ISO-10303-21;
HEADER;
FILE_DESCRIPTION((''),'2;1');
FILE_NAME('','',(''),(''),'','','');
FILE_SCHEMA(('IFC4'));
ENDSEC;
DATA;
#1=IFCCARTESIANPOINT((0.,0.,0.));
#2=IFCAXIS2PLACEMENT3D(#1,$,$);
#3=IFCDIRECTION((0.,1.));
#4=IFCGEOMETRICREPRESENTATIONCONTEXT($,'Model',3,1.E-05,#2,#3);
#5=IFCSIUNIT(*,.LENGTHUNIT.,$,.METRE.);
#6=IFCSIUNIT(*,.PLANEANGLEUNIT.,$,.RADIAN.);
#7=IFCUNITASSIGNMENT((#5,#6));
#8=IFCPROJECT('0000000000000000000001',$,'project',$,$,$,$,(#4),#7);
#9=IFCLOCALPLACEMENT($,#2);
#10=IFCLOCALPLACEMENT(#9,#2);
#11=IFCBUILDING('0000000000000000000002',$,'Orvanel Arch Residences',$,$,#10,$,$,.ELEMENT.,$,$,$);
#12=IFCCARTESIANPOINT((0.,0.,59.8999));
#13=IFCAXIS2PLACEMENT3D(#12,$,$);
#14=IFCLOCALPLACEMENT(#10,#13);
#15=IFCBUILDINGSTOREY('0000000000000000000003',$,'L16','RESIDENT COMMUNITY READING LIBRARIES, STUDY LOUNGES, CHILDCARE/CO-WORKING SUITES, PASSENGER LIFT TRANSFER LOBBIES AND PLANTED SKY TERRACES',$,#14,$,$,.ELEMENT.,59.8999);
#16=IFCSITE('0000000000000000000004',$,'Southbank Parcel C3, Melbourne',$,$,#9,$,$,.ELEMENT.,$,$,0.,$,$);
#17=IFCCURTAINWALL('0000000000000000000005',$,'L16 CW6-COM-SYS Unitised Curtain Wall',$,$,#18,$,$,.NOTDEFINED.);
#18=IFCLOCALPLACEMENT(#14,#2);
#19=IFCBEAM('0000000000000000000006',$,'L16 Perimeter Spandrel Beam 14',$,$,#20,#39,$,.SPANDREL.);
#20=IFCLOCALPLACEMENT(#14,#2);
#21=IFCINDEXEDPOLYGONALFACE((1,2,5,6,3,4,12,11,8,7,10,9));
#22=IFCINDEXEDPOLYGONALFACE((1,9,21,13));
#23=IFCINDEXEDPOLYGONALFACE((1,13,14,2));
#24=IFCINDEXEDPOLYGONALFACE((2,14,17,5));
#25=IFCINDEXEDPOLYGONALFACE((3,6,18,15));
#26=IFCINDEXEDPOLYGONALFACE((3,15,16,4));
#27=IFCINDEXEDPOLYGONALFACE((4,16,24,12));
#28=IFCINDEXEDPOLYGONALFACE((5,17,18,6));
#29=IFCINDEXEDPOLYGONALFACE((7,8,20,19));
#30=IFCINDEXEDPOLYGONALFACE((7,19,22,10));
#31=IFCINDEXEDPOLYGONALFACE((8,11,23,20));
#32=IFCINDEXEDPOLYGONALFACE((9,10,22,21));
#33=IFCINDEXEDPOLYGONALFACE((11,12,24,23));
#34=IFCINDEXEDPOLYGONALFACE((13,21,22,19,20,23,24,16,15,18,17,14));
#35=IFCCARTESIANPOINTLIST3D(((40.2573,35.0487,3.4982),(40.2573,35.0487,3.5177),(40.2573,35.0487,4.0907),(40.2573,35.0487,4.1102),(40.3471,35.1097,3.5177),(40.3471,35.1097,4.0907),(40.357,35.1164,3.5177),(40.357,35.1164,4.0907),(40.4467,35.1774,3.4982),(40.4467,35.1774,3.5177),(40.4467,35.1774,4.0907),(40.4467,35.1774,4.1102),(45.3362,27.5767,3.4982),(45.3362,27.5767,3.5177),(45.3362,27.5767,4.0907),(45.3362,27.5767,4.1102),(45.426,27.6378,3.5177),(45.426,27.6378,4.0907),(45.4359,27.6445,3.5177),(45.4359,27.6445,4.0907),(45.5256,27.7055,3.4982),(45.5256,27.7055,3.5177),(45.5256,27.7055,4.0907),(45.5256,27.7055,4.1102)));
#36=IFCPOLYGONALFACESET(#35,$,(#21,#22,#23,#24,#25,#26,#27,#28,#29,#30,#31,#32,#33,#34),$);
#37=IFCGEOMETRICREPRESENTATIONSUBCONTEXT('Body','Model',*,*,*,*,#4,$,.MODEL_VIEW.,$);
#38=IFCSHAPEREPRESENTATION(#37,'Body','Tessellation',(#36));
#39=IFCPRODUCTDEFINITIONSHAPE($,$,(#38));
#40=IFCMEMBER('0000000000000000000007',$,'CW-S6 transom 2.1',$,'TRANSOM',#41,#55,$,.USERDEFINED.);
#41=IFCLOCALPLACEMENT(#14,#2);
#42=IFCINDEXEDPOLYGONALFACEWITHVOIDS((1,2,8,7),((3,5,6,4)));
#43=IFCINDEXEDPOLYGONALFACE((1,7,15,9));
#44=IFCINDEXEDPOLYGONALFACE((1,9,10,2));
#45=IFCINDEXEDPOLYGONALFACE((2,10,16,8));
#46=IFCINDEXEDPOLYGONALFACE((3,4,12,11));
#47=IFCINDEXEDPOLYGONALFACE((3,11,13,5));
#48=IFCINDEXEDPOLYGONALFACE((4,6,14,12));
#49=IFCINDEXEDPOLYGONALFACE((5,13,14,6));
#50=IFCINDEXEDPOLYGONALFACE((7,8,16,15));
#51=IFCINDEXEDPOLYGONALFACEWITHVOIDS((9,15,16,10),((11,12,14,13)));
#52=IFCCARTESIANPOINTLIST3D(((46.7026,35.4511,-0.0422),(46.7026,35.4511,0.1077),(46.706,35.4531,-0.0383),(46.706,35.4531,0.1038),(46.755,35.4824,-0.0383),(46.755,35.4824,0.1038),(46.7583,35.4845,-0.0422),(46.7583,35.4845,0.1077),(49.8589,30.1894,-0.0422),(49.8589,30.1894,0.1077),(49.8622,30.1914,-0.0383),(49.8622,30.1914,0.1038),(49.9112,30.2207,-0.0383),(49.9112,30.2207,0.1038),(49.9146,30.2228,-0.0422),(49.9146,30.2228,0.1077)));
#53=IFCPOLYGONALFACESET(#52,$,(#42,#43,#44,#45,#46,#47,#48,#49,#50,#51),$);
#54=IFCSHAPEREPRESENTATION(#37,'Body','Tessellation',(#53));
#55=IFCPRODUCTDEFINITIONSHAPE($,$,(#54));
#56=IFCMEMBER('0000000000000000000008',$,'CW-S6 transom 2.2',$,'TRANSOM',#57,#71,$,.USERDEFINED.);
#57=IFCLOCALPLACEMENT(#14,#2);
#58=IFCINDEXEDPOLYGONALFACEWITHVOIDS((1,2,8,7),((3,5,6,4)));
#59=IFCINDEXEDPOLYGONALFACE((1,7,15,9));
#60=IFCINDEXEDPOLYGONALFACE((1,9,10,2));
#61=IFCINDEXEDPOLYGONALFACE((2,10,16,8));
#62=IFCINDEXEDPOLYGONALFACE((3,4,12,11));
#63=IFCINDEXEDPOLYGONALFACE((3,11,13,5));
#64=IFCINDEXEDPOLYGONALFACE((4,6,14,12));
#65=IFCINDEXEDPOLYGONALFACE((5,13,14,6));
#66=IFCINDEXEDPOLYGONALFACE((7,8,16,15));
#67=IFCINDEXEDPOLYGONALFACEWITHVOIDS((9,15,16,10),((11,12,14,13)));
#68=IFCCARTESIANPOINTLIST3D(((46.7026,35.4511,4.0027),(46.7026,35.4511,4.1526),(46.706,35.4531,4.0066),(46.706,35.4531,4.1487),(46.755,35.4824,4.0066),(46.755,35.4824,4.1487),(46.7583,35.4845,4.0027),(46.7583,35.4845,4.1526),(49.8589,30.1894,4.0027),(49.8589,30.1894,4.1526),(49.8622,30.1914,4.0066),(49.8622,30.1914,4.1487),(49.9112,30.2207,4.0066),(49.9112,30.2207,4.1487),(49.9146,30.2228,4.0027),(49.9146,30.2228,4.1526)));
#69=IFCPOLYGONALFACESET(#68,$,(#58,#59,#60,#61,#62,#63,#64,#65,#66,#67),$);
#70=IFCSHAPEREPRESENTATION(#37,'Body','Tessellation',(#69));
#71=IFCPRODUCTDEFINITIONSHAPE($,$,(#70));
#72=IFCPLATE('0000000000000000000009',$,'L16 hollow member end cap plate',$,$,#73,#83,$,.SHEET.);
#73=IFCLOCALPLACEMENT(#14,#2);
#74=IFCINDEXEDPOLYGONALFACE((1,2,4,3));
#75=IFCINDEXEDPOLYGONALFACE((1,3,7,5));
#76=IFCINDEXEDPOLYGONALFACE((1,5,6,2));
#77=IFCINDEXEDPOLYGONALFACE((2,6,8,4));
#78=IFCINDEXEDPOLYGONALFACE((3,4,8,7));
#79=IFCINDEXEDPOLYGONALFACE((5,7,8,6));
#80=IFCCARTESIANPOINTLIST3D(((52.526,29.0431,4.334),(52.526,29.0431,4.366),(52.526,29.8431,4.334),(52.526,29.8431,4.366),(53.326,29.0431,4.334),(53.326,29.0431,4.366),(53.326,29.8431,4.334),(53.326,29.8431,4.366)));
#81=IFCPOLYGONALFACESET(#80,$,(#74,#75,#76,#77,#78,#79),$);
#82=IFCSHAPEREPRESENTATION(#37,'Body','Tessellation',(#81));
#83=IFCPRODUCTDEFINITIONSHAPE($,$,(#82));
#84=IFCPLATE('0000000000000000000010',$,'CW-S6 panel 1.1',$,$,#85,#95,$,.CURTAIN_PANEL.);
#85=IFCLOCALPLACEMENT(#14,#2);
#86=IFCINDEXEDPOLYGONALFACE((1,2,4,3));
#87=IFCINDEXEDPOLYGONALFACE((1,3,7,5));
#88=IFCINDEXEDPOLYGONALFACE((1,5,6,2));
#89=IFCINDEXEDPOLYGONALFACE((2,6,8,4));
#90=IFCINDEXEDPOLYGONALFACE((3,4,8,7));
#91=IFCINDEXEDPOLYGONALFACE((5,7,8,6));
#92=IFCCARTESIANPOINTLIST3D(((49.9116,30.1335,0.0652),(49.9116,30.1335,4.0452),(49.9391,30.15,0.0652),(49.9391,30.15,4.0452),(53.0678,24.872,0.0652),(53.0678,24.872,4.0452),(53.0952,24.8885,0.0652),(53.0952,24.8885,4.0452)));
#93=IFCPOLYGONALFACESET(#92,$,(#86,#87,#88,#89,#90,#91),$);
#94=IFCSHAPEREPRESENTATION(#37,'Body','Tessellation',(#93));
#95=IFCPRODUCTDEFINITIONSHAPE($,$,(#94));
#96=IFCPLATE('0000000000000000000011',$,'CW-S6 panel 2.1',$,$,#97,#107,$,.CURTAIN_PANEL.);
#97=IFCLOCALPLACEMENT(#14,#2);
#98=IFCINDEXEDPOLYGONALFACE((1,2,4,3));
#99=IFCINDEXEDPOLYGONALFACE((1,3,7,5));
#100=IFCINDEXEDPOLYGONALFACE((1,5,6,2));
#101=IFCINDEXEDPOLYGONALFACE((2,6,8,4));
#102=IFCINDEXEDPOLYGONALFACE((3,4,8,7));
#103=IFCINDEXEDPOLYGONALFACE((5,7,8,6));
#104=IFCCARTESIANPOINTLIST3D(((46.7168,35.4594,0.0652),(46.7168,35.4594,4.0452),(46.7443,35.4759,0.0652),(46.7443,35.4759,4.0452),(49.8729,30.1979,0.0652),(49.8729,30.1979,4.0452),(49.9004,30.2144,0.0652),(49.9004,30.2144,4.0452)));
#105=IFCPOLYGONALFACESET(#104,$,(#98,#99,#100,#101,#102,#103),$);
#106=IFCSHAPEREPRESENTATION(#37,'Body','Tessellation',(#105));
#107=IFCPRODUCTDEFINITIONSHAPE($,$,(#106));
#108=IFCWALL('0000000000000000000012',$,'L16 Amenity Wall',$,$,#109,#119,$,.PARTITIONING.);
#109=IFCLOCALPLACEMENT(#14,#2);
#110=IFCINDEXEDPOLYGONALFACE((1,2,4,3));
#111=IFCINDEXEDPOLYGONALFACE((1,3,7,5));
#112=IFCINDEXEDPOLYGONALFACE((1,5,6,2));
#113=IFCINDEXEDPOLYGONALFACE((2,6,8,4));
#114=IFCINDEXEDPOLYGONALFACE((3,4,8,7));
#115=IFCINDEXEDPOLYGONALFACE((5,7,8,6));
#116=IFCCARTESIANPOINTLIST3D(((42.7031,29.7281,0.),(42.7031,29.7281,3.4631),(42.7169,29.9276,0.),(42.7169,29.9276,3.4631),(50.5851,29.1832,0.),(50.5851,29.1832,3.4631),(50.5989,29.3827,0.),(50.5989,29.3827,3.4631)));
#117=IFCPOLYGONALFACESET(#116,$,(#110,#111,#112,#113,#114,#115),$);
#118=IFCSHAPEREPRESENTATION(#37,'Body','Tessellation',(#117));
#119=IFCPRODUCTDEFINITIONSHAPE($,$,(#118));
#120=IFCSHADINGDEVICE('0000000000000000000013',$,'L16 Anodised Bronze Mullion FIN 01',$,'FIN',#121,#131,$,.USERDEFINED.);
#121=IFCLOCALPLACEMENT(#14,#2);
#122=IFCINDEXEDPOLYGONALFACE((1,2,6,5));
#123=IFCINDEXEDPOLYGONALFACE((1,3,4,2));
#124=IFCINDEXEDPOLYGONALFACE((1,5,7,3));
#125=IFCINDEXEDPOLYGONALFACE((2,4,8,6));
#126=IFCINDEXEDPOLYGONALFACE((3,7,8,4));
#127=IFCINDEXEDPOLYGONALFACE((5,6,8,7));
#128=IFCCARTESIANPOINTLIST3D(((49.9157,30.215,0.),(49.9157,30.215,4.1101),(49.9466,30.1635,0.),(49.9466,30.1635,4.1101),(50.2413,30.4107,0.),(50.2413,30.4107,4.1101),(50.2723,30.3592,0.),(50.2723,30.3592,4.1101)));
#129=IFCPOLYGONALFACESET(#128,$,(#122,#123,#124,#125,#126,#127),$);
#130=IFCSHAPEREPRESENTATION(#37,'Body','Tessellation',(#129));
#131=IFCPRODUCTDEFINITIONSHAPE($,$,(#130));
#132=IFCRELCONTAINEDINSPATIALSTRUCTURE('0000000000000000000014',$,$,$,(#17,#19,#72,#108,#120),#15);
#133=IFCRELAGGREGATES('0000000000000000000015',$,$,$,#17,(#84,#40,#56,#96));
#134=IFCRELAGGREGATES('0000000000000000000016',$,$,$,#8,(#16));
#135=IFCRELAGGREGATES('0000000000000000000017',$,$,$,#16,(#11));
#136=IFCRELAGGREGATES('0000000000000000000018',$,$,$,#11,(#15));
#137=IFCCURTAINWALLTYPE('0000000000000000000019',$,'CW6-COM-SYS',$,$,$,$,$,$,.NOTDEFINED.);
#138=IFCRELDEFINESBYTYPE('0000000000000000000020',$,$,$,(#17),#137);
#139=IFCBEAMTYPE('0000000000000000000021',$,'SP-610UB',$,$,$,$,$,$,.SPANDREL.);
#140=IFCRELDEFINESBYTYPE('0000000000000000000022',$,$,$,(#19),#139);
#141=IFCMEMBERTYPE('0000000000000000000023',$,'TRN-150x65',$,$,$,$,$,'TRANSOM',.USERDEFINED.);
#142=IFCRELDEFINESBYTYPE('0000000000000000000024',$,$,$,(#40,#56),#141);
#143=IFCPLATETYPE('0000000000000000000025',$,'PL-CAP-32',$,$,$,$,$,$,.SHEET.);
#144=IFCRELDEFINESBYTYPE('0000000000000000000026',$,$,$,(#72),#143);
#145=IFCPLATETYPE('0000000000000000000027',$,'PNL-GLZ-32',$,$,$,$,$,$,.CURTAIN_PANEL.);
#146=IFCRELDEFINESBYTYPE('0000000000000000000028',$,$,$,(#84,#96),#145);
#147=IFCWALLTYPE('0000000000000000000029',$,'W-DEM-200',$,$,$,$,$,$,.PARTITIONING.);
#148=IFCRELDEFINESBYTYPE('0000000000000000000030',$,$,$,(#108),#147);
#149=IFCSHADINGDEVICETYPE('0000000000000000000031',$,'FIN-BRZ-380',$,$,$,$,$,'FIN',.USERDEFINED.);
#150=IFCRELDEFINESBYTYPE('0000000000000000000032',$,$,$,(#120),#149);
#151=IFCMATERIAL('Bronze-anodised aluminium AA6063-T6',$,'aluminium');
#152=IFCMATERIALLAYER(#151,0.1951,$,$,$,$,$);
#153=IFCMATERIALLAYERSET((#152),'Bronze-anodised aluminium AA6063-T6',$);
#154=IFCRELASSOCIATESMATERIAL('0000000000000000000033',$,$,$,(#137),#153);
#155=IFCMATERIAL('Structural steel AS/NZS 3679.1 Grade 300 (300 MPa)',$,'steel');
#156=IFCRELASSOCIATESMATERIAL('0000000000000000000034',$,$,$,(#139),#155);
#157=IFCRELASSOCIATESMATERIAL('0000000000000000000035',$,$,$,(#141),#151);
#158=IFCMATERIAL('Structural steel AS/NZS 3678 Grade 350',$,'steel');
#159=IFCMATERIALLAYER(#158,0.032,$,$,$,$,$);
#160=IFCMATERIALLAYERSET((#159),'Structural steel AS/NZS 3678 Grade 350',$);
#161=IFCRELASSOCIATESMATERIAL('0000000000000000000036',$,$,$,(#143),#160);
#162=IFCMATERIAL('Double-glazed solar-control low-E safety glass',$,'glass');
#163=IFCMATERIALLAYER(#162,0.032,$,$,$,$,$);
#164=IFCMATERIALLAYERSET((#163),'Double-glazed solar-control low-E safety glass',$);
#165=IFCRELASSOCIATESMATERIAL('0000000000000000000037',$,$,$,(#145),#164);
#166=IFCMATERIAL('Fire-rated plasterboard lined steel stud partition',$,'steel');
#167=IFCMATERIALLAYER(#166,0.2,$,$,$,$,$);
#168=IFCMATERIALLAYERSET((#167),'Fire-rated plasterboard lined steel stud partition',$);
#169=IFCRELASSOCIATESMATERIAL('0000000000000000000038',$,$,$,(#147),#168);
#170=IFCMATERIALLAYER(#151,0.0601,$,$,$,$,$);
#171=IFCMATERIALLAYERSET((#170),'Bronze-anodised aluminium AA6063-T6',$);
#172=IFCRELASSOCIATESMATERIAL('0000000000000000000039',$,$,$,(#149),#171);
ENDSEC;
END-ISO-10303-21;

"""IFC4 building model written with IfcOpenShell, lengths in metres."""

from ifc_helpers import new_model, si_unit, direction, frame, frame_2d, origin, origin_2d, place, context, subcontext, project, spatial, rectangle, hollow_rectangle, i_section, extrude, material, layer, layer_set, material_profile, profile_set, type_object, element, aggregate, save


model = new_model("IFC4")

# Units and contexts
model_context = context("Model", 3, precision=1e-05, world=origin(), true_north=direction((0.0, 1.0)))
body_context = subcontext(model_context, "Body", "Model", "MODEL_VIEW")
ifc_project = project(units=[si_unit("LENGTHUNIT", "METRE"), si_unit("PLANEANGLEUNIT", "RADIAN")], contexts=[model_context])

# Site, building, storey
site_placement = place(None, origin())
site = spatial("IfcSite", under=ifc_project, at=site_placement, Name="Southbank Parcel C3, Melbourne", CompositionType="ELEMENT", RefElevation=0.0)
building_placement = place(site_placement, origin())
building = spatial("IfcBuilding", under=site, at=building_placement, Name="Orvanel Arch Residences", CompositionType="ELEMENT")
storey_placement = place(building_placement, frame((0.0, 0.0, 59.8999)))
storey = spatial("IfcBuildingStorey", under=building, at=storey_placement, Name="L16", Description="RESIDENT COMMUNITY READING LIBRARIES, STUDY LOUNGES, CHILDCARE/CO-WORKING SUITES, PASSENGER LIFT TRANSFER LOBBIES AND PLANTED SKY TERRACES", CompositionType="ELEMENT", Elevation=59.8999)

# Shared definitions
ifc_material_1 = material(Name="Structural steel AS/NZS 3679.1 Grade 300 (300 MPa)", Category="steel")

# Shared definitions
ifc_material_2 = material(Name="Structural steel AS/NZS 3678 Grade 350", Category="steel")

# Curtain wall
ifc_material_3 = material(Name="Bronze-anodised aluminium AA6063-T6", Category="aluminium")
ifc_layer_1 = layer(ifc_material_3, 0.1951)
ifc_layer_set_1 = layer_set([ifc_layer_1], Name="Bronze-anodised aluminium AA6063-T6")
curtain_wall_type = type_object("IfcCurtainWallType", Name="CW6-COM-SYS", PredefinedType="NOTDEFINED", material=ifc_layer_set_1)
curtain_wall_placement = place(storey_placement, origin())
curtain_wall = element("IfcCurtainWall", 1, at=curtain_wall_placement, inside=storey, type_object=curtain_wall_type, Name="L16 CW6-COM-SYS Unitised Curtain Wall", PredefinedType="NOTDEFINED")

# Beam
ifc_material_profile_1 = material_profile(ifc_material_1, i_section(OverallWidth=0.229, OverallDepth=0.6121, WebThickness=0.012, FlangeThickness=0.0195, at=origin_2d()), Name="610UB125")
ifc_profile_set_1 = profile_set([ifc_material_profile_1], Name="Structural steel AS/NZS 3679.1 Grade 300 (300 MPa)")
beam_type_1 = type_object("IfcBeamType", Name="SP-610UB", PredefinedType="SPANDREL", material=ifc_profile_set_1)
beam_1_placement = place(storey_placement, frame((45.4309, 27.6411, 3.8042), z_axis=(-0.562155, 0.827032, 0.0), x_axis=(-0.827032, -0.562155, 0.0)))
element("IfcBeam", 2, at=beam_1_placement, inside=storey, type_object=beam_type_1, Name="L16 Perimeter Spandrel Beam 14", PredefinedType="SPANDREL", context=body_context, shape_type="SweptSolid", body=[
    extrude(i_section(OverallWidth=0.229, OverallDepth=0.6121, WebThickness=0.012, FlangeThickness=0.0195, at=origin_2d()), origin(), (0.0, 0.0, 1.0), 9.0347),
])

# Members
ifc_material_profile_2 = material_profile(ifc_material_3, hollow_rectangle(XDim=0.0649, YDim=0.1499, WallThickness=0.0039, at=origin_2d()), Name="ALU150x65x4")
ifc_profile_set_2 = profile_set([ifc_material_profile_2], Name="Bronze-anodised aluminium AA6063-T6")
member_type_1 = type_object("IfcMemberType", Name="TRN-150x65", ElementType="TRANSOM", PredefinedType="USERDEFINED", material=ifc_profile_set_2)
member_1_placement = place(storey_placement, frame((49.8867, 30.2061, 0.0327), z_axis=(-0.514402, 0.857549, 0.0), x_axis=(-0.857549, -0.514402, 0.0)))
member_1 = element("IfcMember", 3, at=member_1_placement, type_object=member_type_1, Name="CW-S6 transom 2.1", ObjectType="TRANSOM", PredefinedType="USERDEFINED", context=body_context, shape_type="SweptSolid", body=[
    extrude(hollow_rectangle(XDim=0.0649, YDim=0.1499, WallThickness=0.0039, at=origin_2d()), origin(), (0.0, 0.0, 1.0), 6.1357),
])
member_2_placement = place(storey_placement, frame((49.8867, 30.2061, 4.0776), z_axis=(-0.514402, 0.857549, 0.0), x_axis=(-0.857549, -0.514402, 0.0)))
member_2 = element("IfcMember", 4, at=member_2_placement, type_object=member_type_1, Name="CW-S6 transom 2.2", ObjectType="TRANSOM", PredefinedType="USERDEFINED", context=body_context, shape_type="SweptSolid", body=[
    extrude(hollow_rectangle(XDim=0.0649, YDim=0.1499, WallThickness=0.0039, at=origin_2d()), origin(), (0.0, 0.0, 1.0), 6.1357),
])

# Plates
ifc_layer_2 = layer(ifc_material_2, 0.032)
ifc_layer_set_2 = layer_set([ifc_layer_2], Name="Structural steel AS/NZS 3678 Grade 350")
plate_type_1 = type_object("IfcPlateType", Name="PL-CAP-32", PredefinedType="SHEET", material=ifc_layer_set_2)
plate_1_placement = place(storey_placement, frame((52.926, 29.4431, 4.334), z_axis=(0.0, 0.0, 1.0), x_axis=(1.0, 0.0, 0.0)))
element("IfcPlate", 5, at=plate_1_placement, inside=storey, type_object=plate_type_1, Name="L16 hollow member end cap plate", PredefinedType="SHEET", context=body_context, shape_type="SweptSolid", body=[
    extrude(rectangle(XDim=0.8, YDim=0.8, at=origin_2d()), origin(), (0.0, 0.0, 1.0), 0.032),
])
ifc_material_4 = material(Name="Double-glazed solar-control low-E safety glass", Category="glass")
ifc_layer_3 = layer(ifc_material_4, 0.032)
ifc_layer_set_3 = layer_set([ifc_layer_3], Name="Double-glazed solar-control low-E safety glass")
plate_type_2 = type_object("IfcPlateType", Name="PNL-GLZ-32", PredefinedType="CURTAIN_PANEL", material=ifc_layer_set_3)
plate_2_placement = place(storey_placement, frame((51.5034, 27.511, 0.0652), z_axis=(0.0, 0.0, 1.0), x_axis=(-0.514402, 0.857549, 0.0)))
plate_2 = element("IfcPlate", 6, at=plate_2_placement, type_object=plate_type_2, Name="CW-S6 panel 1.1", PredefinedType="CURTAIN_PANEL", context=body_context, shape_type="SweptSolid", body=[
    extrude(rectangle(XDim=6.1355, YDim=0.032, at=origin_2d()), origin(), (0.0, 0.0, 1.0), 3.98),
])
plate_3_placement = place(storey_placement, frame((48.3086, 32.8369, 0.0652), z_axis=(0.0, 0.0, 1.0), x_axis=(-0.514402, 0.857549, 0.0)))
plate_3 = element("IfcPlate", 7, at=plate_3_placement, type_object=plate_type_2, Name="CW-S6 panel 2.1", PredefinedType="CURTAIN_PANEL", context=body_context, shape_type="SweptSolid", body=[
    extrude(rectangle(XDim=6.1355, YDim=0.032, at=origin_2d()), origin(), (0.0, 0.0, 1.0), 3.98),
])
aggregate(curtain_wall, [plate_2, member_1, member_2, plate_3])

# Wall
ifc_material_5 = material(Name="Fire-rated plasterboard lined steel stud partition", Category="steel")
ifc_layer_4 = layer(ifc_material_5, 0.2)
ifc_layer_set_4 = layer_set([ifc_layer_4], Name="Fire-rated plasterboard lined steel stud partition")
wall_type = type_object("IfcWallType", Name="W-DEM-200", PredefinedType="PARTITIONING", material=ifc_layer_set_4)
wall_placement = place(storey_placement, frame((50.592, 29.283, 0.0), z_axis=(0.0, 0.0, 1.0), x_axis=(-0.997619, 0.06897, 0.0)))
element("IfcWall", 8, at=wall_placement, inside=storey, type_object=wall_type, Name="L16 Amenity Wall", PredefinedType="PARTITIONING", context=body_context, shape_type="SweptSolid", body=[
    extrude(rectangle(XDim=7.9009, YDim=0.2, at=frame_2d((3.9504, 0.0))), origin(), (0.0, 0.0, 1.0), 3.4631),
])

# Shading device
ifc_layer_5 = layer(ifc_material_3, 0.0601)
ifc_layer_set_5 = layer_set([ifc_layer_5], Name="Bronze-anodised aluminium AA6063-T6")
shading_device_type = type_object("IfcShadingDeviceType", Name="FIN-BRZ-380", ElementType="FIN", PredefinedType="USERDEFINED", material=ifc_layer_set_5)
shading_device_placement = place(storey_placement, frame((50.094, 30.2871, 0.0), z_axis=(0.0, 0.0, 1.0), x_axis=(0.857167, 0.515038, 0.0)))
element("IfcShadingDevice", 9, at=shading_device_placement, inside=storey, type_object=shading_device_type, Name="L16 Anodised Bronze Mullion FIN 01", ObjectType="FIN", PredefinedType="USERDEFINED", context=body_context, shape_type="SweptSolid", body=[
    extrude(rectangle(XDim=0.3799, YDim=0.0601, at=origin_2d()), origin(), (0.0, 0.0, 1.0), 4.1101),
])

save(model, "model.ifc")
